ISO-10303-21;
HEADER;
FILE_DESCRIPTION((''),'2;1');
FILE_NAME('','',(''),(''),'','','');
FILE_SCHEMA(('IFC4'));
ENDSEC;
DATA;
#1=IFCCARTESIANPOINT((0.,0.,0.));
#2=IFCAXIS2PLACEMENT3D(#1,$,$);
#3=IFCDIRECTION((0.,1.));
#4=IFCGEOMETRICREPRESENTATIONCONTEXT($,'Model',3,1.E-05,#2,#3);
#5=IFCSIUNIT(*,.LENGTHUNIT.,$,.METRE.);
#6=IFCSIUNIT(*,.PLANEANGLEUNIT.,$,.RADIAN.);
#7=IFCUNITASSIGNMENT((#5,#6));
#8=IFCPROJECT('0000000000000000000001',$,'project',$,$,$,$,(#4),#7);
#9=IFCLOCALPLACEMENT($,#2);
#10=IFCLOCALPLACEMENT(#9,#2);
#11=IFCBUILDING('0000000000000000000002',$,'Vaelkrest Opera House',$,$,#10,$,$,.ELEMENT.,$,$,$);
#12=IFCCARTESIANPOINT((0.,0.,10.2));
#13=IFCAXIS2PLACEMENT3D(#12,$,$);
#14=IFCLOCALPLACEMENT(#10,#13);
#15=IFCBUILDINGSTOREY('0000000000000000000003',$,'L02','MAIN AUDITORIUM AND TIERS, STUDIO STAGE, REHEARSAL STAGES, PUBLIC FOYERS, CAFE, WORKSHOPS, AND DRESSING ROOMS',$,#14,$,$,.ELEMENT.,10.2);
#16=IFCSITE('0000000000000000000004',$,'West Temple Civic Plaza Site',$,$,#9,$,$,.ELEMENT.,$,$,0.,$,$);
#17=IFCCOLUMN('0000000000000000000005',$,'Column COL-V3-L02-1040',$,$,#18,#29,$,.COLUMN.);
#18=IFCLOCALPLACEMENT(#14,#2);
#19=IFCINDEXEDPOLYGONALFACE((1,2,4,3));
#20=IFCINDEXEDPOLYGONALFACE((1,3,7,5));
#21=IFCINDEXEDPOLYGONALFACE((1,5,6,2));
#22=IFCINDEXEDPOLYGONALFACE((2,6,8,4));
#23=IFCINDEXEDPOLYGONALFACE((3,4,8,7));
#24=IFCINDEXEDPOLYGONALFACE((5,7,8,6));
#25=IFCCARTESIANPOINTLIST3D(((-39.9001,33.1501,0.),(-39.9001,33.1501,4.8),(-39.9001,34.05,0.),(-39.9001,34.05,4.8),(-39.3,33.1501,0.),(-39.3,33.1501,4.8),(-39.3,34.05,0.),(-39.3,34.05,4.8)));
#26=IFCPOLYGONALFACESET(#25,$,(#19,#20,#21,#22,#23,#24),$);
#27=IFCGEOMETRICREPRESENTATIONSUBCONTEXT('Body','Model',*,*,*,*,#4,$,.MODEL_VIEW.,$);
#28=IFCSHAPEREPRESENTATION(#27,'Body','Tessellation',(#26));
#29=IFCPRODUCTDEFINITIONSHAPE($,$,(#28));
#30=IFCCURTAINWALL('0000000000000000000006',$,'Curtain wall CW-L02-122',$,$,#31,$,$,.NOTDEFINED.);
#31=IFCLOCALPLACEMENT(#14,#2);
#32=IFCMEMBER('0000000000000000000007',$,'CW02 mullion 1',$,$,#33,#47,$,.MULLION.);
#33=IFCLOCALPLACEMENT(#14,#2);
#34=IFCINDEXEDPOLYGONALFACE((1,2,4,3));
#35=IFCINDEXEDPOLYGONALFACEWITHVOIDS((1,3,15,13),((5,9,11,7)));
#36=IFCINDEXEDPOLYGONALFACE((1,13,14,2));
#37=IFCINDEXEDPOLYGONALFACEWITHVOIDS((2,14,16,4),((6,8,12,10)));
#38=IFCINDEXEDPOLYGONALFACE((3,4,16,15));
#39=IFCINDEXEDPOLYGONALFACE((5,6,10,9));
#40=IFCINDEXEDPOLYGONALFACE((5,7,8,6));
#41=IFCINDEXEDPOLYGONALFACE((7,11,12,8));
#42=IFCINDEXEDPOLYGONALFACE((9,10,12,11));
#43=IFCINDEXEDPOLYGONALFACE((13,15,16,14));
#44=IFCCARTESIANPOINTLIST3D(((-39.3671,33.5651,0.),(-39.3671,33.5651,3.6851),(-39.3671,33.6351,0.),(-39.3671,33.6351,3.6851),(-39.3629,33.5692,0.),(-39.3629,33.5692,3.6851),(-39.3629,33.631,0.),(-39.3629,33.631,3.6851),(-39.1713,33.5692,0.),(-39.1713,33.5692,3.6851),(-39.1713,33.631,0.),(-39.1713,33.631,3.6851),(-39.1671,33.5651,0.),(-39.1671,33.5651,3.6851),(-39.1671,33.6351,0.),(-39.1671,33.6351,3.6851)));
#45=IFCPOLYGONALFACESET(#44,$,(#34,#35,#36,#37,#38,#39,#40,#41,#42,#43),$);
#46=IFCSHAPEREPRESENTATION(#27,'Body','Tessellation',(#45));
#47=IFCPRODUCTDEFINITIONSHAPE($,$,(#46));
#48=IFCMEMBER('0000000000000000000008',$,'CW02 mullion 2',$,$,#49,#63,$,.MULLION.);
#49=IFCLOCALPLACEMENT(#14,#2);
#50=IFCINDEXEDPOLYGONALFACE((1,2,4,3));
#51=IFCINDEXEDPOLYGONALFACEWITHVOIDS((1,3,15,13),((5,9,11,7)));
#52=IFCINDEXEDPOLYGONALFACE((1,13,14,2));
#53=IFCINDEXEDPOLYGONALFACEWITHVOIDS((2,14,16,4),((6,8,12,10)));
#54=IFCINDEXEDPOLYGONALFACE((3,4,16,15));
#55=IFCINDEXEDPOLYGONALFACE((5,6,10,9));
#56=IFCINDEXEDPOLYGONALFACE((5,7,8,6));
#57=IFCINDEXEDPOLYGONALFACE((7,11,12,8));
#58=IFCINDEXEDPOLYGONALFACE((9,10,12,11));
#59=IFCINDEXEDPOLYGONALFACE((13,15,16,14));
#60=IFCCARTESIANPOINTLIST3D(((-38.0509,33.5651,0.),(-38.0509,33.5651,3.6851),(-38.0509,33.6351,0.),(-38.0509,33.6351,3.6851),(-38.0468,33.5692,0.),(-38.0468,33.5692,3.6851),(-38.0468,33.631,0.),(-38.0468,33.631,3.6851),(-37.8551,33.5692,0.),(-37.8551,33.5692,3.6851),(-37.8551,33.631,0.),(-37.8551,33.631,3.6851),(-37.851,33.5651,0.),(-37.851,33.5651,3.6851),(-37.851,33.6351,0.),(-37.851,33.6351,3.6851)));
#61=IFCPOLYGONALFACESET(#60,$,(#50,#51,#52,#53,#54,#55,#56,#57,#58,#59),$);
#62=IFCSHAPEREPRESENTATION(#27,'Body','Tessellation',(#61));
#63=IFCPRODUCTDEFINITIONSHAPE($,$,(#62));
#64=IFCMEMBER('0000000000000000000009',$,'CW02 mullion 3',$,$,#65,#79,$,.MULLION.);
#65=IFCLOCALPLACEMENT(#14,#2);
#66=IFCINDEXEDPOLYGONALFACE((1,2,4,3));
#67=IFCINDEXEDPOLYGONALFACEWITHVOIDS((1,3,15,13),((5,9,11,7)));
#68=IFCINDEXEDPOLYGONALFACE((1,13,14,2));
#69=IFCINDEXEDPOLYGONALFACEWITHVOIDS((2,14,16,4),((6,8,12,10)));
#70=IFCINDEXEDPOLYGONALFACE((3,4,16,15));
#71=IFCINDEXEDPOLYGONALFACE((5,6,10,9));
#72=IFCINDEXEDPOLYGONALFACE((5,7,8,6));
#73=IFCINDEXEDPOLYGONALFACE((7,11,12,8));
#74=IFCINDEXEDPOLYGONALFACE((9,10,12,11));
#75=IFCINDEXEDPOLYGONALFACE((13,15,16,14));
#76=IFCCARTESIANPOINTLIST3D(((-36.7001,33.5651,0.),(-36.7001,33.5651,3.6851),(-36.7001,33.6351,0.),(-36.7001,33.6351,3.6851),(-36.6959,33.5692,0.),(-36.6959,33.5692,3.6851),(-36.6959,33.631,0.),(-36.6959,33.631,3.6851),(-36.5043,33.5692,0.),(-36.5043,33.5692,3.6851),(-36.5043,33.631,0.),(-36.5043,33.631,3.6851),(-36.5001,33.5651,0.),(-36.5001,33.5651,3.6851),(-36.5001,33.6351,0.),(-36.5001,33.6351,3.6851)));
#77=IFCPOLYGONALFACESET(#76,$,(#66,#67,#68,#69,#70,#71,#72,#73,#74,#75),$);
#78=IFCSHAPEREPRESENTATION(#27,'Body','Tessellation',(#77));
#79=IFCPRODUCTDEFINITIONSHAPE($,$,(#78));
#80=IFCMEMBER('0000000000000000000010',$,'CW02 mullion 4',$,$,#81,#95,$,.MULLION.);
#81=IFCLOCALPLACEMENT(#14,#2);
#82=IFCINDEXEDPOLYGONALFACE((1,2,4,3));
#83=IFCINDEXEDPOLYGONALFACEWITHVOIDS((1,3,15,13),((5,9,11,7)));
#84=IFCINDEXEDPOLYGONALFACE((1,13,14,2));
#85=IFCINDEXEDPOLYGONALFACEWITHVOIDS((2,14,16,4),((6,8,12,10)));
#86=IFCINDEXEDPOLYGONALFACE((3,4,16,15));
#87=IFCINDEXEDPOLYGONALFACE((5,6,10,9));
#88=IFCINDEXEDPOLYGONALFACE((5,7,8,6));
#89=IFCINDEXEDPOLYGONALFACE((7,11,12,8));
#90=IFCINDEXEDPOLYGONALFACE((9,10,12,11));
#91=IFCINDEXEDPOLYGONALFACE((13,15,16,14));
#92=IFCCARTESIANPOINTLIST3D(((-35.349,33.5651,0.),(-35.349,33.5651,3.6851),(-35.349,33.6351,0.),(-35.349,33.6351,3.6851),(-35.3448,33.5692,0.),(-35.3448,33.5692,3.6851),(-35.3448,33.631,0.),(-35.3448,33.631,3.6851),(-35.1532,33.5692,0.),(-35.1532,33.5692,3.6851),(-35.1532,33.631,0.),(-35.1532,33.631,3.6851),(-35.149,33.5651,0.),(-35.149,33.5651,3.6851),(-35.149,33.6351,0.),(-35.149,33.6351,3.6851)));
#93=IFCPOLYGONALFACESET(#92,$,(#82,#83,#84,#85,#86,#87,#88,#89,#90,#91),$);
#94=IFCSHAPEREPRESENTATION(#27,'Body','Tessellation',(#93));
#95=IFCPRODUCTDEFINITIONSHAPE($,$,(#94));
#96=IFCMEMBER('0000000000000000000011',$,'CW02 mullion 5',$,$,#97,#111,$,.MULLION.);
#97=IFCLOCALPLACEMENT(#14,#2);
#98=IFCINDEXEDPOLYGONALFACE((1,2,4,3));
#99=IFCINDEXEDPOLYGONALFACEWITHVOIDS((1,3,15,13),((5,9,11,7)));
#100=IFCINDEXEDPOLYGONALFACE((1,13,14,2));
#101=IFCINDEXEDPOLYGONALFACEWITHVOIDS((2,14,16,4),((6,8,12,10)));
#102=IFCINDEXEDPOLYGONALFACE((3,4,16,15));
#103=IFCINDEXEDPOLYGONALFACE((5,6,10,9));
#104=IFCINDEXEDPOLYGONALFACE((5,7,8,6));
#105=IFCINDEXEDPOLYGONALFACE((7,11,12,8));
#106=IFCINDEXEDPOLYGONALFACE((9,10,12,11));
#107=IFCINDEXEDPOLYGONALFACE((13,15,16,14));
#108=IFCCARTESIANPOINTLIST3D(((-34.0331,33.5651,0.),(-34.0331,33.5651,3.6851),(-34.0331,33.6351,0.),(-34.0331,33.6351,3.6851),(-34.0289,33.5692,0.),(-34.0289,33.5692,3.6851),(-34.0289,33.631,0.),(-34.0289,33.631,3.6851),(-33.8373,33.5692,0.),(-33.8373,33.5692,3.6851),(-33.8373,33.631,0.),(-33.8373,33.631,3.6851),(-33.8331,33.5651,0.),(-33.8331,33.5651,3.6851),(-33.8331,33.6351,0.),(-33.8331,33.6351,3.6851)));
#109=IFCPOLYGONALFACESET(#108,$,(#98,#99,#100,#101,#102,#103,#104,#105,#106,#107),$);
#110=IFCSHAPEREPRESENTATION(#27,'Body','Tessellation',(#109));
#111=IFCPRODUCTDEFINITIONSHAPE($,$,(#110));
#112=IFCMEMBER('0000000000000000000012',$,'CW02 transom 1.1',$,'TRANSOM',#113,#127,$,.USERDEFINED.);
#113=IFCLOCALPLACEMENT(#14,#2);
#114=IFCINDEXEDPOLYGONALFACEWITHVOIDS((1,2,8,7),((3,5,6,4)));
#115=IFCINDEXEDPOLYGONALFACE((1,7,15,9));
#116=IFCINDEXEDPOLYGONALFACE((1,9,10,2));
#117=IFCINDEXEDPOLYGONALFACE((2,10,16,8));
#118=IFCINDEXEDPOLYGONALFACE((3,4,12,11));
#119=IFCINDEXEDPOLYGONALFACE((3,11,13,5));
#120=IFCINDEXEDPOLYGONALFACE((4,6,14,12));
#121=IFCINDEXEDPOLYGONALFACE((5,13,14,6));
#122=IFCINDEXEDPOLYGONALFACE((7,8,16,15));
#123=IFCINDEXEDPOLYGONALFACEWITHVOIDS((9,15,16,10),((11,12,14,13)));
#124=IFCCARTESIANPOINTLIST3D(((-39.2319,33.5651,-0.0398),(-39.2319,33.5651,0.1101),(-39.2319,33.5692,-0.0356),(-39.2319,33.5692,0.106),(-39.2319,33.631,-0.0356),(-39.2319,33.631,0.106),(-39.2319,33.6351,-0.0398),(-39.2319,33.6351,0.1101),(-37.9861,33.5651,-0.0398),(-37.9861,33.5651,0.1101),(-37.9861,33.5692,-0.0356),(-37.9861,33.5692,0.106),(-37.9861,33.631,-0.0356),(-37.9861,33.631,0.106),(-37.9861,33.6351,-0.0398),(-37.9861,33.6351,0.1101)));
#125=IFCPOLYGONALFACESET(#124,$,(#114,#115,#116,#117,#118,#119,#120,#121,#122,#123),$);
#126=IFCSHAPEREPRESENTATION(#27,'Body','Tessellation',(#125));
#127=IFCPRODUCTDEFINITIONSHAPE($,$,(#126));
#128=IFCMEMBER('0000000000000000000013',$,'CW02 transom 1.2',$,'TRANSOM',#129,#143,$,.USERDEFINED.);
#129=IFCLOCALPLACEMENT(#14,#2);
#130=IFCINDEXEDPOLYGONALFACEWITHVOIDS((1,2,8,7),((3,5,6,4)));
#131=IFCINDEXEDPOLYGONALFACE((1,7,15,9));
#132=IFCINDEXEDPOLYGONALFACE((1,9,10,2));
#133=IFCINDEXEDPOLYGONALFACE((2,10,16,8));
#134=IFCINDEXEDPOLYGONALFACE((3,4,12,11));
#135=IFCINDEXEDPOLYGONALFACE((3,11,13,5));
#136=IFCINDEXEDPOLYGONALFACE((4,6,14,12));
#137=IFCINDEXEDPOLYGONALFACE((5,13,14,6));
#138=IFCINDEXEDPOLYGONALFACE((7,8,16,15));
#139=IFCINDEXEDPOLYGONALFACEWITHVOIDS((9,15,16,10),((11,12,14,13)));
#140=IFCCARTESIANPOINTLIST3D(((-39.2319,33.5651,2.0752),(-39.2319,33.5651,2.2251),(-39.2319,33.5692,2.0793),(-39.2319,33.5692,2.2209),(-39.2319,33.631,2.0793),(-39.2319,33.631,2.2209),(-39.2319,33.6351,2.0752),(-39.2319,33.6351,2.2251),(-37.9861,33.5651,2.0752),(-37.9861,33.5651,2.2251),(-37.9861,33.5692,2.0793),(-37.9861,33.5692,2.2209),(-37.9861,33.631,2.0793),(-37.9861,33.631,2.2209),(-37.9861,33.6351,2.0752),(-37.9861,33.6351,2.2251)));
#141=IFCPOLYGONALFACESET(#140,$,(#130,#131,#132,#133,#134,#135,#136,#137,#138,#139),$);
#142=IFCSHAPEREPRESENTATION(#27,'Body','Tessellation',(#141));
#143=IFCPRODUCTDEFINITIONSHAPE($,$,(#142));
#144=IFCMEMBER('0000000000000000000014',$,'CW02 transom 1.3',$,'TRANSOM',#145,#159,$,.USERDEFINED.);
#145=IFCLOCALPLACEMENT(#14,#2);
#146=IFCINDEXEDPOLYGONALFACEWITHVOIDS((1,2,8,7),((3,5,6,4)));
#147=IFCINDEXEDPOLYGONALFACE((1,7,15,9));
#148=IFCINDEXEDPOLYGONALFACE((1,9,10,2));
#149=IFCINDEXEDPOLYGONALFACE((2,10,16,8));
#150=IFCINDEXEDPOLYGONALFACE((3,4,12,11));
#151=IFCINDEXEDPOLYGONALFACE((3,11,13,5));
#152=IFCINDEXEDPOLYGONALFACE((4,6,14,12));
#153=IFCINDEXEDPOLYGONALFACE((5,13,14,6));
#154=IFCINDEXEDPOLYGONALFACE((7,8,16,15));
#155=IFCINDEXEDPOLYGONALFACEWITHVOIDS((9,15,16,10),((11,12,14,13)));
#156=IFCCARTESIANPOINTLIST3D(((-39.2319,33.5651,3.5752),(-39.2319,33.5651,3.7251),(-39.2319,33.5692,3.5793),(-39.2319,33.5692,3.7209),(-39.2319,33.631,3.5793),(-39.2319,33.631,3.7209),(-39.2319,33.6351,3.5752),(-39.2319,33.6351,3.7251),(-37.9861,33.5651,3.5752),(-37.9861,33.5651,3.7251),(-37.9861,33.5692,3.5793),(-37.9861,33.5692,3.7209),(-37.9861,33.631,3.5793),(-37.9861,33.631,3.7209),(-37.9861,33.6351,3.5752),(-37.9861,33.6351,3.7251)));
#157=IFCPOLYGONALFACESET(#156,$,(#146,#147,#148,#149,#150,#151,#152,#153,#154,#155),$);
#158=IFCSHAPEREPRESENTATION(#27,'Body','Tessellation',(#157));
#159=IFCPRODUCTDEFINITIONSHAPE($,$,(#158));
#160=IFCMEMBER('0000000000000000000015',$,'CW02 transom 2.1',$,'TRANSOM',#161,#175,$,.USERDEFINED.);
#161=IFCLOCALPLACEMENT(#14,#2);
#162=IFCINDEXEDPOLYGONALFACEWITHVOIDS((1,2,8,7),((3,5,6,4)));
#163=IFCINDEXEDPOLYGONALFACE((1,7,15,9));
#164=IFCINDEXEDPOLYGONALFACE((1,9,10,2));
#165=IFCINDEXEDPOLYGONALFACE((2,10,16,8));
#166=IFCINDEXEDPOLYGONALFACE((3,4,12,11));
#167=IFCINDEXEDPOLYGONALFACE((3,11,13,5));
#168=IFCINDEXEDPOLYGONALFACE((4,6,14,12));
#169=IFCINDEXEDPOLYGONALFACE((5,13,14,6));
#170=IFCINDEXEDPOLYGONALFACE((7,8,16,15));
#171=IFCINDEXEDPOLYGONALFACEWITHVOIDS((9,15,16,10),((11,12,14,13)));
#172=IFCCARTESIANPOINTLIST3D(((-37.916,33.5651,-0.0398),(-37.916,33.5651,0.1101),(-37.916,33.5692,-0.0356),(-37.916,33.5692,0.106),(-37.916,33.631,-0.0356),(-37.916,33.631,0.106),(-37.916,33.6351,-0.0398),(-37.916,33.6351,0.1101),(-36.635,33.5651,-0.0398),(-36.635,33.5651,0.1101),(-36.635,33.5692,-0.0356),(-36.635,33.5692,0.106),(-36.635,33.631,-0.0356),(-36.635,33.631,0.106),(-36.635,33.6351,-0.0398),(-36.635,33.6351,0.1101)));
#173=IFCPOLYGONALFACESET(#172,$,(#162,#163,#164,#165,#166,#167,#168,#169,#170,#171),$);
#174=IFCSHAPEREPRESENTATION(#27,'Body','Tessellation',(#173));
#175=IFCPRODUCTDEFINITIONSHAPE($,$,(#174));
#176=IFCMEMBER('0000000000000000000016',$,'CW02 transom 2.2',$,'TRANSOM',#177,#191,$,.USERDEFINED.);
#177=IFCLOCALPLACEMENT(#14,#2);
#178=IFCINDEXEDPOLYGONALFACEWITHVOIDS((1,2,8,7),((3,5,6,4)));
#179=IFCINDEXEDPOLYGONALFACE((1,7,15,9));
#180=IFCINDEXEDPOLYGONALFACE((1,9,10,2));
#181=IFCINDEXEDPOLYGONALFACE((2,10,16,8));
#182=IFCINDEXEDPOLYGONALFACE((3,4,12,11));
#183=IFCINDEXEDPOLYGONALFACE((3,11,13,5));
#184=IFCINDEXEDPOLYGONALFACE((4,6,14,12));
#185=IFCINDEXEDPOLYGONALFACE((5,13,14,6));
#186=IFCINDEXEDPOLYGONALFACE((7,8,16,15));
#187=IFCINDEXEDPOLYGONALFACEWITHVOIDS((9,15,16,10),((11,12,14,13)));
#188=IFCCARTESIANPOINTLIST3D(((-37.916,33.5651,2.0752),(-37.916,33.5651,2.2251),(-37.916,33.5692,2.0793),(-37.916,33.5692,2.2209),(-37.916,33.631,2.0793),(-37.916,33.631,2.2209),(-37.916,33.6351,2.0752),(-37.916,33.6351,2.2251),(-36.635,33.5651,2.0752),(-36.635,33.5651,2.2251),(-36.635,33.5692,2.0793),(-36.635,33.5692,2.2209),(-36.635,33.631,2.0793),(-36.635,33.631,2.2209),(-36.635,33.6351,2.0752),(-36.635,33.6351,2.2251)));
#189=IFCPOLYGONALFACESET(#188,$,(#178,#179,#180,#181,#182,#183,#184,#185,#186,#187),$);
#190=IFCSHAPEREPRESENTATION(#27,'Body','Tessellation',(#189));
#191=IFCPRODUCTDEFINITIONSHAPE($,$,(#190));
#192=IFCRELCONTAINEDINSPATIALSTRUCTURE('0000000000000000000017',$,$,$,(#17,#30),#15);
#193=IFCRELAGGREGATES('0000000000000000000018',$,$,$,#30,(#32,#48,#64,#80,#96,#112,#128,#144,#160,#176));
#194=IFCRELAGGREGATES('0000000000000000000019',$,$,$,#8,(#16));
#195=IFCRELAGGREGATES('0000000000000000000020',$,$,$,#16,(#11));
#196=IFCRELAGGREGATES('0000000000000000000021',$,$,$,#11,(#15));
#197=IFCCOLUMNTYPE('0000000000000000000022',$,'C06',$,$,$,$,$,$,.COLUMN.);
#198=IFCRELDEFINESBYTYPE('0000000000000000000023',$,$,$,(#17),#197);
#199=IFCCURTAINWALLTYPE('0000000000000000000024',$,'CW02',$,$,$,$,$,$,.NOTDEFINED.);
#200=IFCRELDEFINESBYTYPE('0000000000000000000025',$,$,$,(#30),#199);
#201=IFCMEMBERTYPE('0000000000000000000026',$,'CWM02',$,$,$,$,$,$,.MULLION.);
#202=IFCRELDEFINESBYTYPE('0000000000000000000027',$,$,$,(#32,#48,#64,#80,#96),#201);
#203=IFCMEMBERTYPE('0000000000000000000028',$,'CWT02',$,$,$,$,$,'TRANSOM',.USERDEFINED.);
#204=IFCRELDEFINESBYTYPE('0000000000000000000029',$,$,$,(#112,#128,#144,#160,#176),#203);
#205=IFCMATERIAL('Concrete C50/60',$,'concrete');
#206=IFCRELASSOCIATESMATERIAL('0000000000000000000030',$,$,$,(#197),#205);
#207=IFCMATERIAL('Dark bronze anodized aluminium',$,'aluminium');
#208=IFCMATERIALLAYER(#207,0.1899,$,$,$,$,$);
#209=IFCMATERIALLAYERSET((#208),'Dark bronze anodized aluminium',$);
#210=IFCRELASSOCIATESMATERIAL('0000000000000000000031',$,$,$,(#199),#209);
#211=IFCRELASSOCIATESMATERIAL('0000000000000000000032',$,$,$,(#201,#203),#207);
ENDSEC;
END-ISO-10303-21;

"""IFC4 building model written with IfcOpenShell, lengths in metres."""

from ifc_helpers import new_model, si_unit, direction, frame, origin, origin_2d, place, context, subcontext, project, spatial, rectangle, hollow_rectangle, extrude, material, layer, layer_set, material_profile, profile_set, type_object, element, aggregate, save


model = new_model("IFC4")

# Units and contexts
model_context = context("Model", 3, precision=1e-05, world=origin(), true_north=direction((0.0, 1.0)))
body_context = subcontext(model_context, "Body", "Model", "MODEL_VIEW")
ifc_project = project(units=[si_unit("LENGTHUNIT", "METRE"), si_unit("PLANEANGLEUNIT", "RADIAN")], contexts=[model_context])

# Site, building, storey
site_placement = place(None, origin())
site = spatial("IfcSite", under=ifc_project, at=site_placement, Name="West Temple Civic Plaza Site", CompositionType="ELEMENT", RefElevation=0.0)
building_placement = place(site_placement, origin())
building = spatial("IfcBuilding", under=site, at=building_placement, Name="Vaelkrest Opera House", CompositionType="ELEMENT")
storey_placement = place(building_placement, frame((0.0, 0.0, 10.2)))
storey = spatial("IfcBuildingStorey", under=building, at=storey_placement, Name="L02", Description="MAIN AUDITORIUM AND TIERS, STUDIO STAGE, REHEARSAL STAGES, PUBLIC FOYERS, CAFE, WORKSHOPS, AND DRESSING ROOMS", CompositionType="ELEMENT", Elevation=10.2)

# Column
ifc_material_1 = material(Name="Concrete C50/60", Category="concrete")
ifc_material_profile_1 = material_profile(ifc_material_1, rectangle(XDim=0.6001, YDim=0.8999, at=origin_2d()), Name="RC600X900")
ifc_profile_set_1 = profile_set([ifc_material_profile_1], Name="Concrete C50/60")
column_type = type_object("IfcColumnType", Name="C06", PredefinedType="COLUMN", material=ifc_profile_set_1)
column_placement = place(storey_placement, frame((-39.6001, 33.6001, 0.0), z_axis=(0.0, 0.0, 1.0), x_axis=(1.0, 0.0, 0.0)))
element("IfcColumn", 1, at=column_placement, inside=storey, type_object=column_type, Name="Column COL-V3-L02-1040", PredefinedType="COLUMN", context=body_context, shape_type="SweptSolid", body=[
    extrude(rectangle(XDim=0.6001, YDim=0.8999, at=origin_2d()), origin(), (0.0, 0.0, 1.0), 4.8),
])

# Curtain wall, members
ifc_material_2 = material(Name="Dark bronze anodized aluminium", Category="aluminium")
ifc_layer_1 = layer(ifc_material_2, 0.1899)
ifc_layer_set_1 = layer_set([ifc_layer_1], Name="Dark bronze anodized aluminium")
curtain_wall_type = type_object("IfcCurtainWallType", Name="CW02", PredefinedType="NOTDEFINED", material=ifc_layer_set_1)
curtain_wall_placement = place(storey_placement, origin())
curtain_wall = element("IfcCurtainWall", 2, at=curtain_wall_placement, inside=storey, type_object=curtain_wall_type, Name="Curtain wall CW-L02-122", PredefinedType="NOTDEFINED")
ifc_material_profile_2 = material_profile(ifc_material_2, hollow_rectangle(XDim=0.0701, YDim=0.2, WallThickness=0.0042, at=origin_2d()), Name="CWM70X200")
ifc_profile_set_2 = profile_set([ifc_material_profile_2], Name="Dark bronze anodized aluminium")
member_type_1 = type_object("IfcMemberType", Name="CWM02", PredefinedType="MULLION", material=ifc_profile_set_2)
member_1_placement = place(storey_placement, frame((-39.2671, 33.6001, 0.0), z_axis=(0.0, 0.0, 1.0), x_axis=(0.0, 1.0, 0.0)))
member_1 = element("IfcMember", 3, at=member_1_placement, type_object=member_type_1, Name="CW02 mullion 1", PredefinedType="MULLION", context=body_context, shape_type="SweptSolid", body=[
    extrude(hollow_rectangle(XDim=0.0701, YDim=0.2, WallThickness=0.0042, at=origin_2d()), origin(), (0.0, 0.0, 1.0), 3.6851),
])
member_2_placement = place(storey_placement, frame((-37.9509, 33.6001, 0.0), z_axis=(0.0, 0.0, 1.0), x_axis=(0.0, 1.0, 0.0)))
member_2 = element("IfcMember", 4, at=member_2_placement, type_object=member_type_1, Name="CW02 mullion 2", PredefinedType="MULLION", context=body_context, shape_type="SweptSolid", body=[
    extrude(hollow_rectangle(XDim=0.0701, YDim=0.2, WallThickness=0.0042, at=origin_2d()), origin(), (0.0, 0.0, 1.0), 3.6851),
])
member_3_placement = place(storey_placement, frame((-36.6001, 33.6001, 0.0), z_axis=(0.0, 0.0, 1.0), x_axis=(0.0, 1.0, 0.0)))
member_3 = element("IfcMember", 5, at=member_3_placement, type_object=member_type_1, Name="CW02 mullion 3", PredefinedType="MULLION", context=body_context, shape_type="SweptSolid", body=[
    extrude(hollow_rectangle(XDim=0.0701, YDim=0.2, WallThickness=0.0042, at=origin_2d()), origin(), (0.0, 0.0, 1.0), 3.6851),
])
member_4_placement = place(storey_placement, frame((-35.249, 33.6001, 0.0), z_axis=(0.0, 0.0, 1.0), x_axis=(0.0, 1.0, 0.0)))
member_4 = element("IfcMember", 6, at=member_4_placement, type_object=member_type_1, Name="CW02 mullion 4", PredefinedType="MULLION", context=body_context, shape_type="SweptSolid", body=[
    extrude(hollow_rectangle(XDim=0.0701, YDim=0.2, WallThickness=0.0042, at=origin_2d()), origin(), (0.0, 0.0, 1.0), 3.6851),
])
member_5_placement = place(storey_placement, frame((-33.9331, 33.6001, 0.0), z_axis=(0.0, 0.0, 1.0), x_axis=(0.0, 1.0, 0.0)))
member_5 = element("IfcMember", 7, at=member_5_placement, type_object=member_type_1, Name="CW02 mullion 5", PredefinedType="MULLION", context=body_context, shape_type="SweptSolid", body=[
    extrude(hollow_rectangle(XDim=0.0701, YDim=0.2, WallThickness=0.0042, at=origin_2d()), origin(), (0.0, 0.0, 1.0), 3.6851),
])
ifc_material_profile_3 = material_profile(ifc_material_2, hollow_rectangle(XDim=0.0701, YDim=0.1499, WallThickness=0.0042, at=origin_2d()), Name="CWT70X150")
ifc_profile_set_3 = profile_set([ifc_material_profile_3], Name="Dark bronze anodized aluminium")
member_type_2 = type_object("IfcMemberType", Name="CWT02", ElementType="TRANSOM", PredefinedType="USERDEFINED", material=ifc_profile_set_3)
member_6_placement = place(storey_placement, frame((-39.2319, 33.6001, 0.0352), z_axis=(1.0, 0.0, 0.0), x_axis=(0.0, 1.0, 0.0)))
member_6 = element("IfcMember", 8, at=member_6_placement, type_object=member_type_2, Name="CW02 transom 1.1", ObjectType="TRANSOM", PredefinedType="USERDEFINED", context=body_context, shape_type="SweptSolid", body=[
    extrude(hollow_rectangle(XDim=0.0701, YDim=0.1499, WallThickness=0.0042, at=origin_2d()), origin(), (0.0, 0.0, 1.0), 1.2458),
])
member_7_placement = place(storey_placement, frame((-39.2319, 33.6001, 2.1501), z_axis=(1.0, 0.0, 0.0), x_axis=(0.0, 1.0, 0.0)))
member_7 = element("IfcMember", 9, at=member_7_placement, type_object=member_type_2, Name="CW02 transom 1.2", ObjectType="TRANSOM", PredefinedType="USERDEFINED", context=body_context, shape_type="SweptSolid", body=[
    extrude(hollow_rectangle(XDim=0.0701, YDim=0.1499, WallThickness=0.0042, at=origin_2d()), origin(), (0.0, 0.0, 1.0), 1.2458),
])
member_8_placement = place(storey_placement, frame((-39.2319, 33.6001, 3.6501), z_axis=(1.0, 0.0, 0.0), x_axis=(0.0, 1.0, 0.0)))
member_8 = element("IfcMember", 10, at=member_8_placement, type_object=member_type_2, Name="CW02 transom 1.3", ObjectType="TRANSOM", PredefinedType="USERDEFINED", context=body_context, shape_type="SweptSolid", body=[
    extrude(hollow_rectangle(XDim=0.0701, YDim=0.1499, WallThickness=0.0042, at=origin_2d()), origin(), (0.0, 0.0, 1.0), 1.2458),
])
member_9_placement = place(storey_placement, frame((-37.916, 33.6001, 0.0352), z_axis=(1.0, 0.0, 0.0), x_axis=(0.0, 1.0, 0.0)))
member_9 = element("IfcMember", 11, at=member_9_placement, type_object=member_type_2, Name="CW02 transom 2.1", ObjectType="TRANSOM", PredefinedType="USERDEFINED", context=body_context, shape_type="SweptSolid", body=[
    extrude(hollow_rectangle(XDim=0.0701, YDim=0.1499, WallThickness=0.0042, at=origin_2d()), origin(), (0.0, 0.0, 1.0), 1.281),
])
member_10_placement = place(storey_placement, frame((-37.916, 33.6001, 2.1501), z_axis=(1.0, 0.0, 0.0), x_axis=(0.0, 1.0, 0.0)))
member_10 = element("IfcMember", 12, at=member_10_placement, type_object=member_type_2, Name="CW02 transom 2.2", ObjectType="TRANSOM", PredefinedType="USERDEFINED", context=body_context, shape_type="SweptSolid", body=[
    extrude(hollow_rectangle(XDim=0.0701, YDim=0.1499, WallThickness=0.0042, at=origin_2d()), origin(), (0.0, 0.0, 1.0), 1.281),
])

aggregate(curtain_wall, [member_1, member_2, member_3, member_4, member_5, member_6, member_7, member_8, member_9, member_10])

save(model, "model.ifc")
